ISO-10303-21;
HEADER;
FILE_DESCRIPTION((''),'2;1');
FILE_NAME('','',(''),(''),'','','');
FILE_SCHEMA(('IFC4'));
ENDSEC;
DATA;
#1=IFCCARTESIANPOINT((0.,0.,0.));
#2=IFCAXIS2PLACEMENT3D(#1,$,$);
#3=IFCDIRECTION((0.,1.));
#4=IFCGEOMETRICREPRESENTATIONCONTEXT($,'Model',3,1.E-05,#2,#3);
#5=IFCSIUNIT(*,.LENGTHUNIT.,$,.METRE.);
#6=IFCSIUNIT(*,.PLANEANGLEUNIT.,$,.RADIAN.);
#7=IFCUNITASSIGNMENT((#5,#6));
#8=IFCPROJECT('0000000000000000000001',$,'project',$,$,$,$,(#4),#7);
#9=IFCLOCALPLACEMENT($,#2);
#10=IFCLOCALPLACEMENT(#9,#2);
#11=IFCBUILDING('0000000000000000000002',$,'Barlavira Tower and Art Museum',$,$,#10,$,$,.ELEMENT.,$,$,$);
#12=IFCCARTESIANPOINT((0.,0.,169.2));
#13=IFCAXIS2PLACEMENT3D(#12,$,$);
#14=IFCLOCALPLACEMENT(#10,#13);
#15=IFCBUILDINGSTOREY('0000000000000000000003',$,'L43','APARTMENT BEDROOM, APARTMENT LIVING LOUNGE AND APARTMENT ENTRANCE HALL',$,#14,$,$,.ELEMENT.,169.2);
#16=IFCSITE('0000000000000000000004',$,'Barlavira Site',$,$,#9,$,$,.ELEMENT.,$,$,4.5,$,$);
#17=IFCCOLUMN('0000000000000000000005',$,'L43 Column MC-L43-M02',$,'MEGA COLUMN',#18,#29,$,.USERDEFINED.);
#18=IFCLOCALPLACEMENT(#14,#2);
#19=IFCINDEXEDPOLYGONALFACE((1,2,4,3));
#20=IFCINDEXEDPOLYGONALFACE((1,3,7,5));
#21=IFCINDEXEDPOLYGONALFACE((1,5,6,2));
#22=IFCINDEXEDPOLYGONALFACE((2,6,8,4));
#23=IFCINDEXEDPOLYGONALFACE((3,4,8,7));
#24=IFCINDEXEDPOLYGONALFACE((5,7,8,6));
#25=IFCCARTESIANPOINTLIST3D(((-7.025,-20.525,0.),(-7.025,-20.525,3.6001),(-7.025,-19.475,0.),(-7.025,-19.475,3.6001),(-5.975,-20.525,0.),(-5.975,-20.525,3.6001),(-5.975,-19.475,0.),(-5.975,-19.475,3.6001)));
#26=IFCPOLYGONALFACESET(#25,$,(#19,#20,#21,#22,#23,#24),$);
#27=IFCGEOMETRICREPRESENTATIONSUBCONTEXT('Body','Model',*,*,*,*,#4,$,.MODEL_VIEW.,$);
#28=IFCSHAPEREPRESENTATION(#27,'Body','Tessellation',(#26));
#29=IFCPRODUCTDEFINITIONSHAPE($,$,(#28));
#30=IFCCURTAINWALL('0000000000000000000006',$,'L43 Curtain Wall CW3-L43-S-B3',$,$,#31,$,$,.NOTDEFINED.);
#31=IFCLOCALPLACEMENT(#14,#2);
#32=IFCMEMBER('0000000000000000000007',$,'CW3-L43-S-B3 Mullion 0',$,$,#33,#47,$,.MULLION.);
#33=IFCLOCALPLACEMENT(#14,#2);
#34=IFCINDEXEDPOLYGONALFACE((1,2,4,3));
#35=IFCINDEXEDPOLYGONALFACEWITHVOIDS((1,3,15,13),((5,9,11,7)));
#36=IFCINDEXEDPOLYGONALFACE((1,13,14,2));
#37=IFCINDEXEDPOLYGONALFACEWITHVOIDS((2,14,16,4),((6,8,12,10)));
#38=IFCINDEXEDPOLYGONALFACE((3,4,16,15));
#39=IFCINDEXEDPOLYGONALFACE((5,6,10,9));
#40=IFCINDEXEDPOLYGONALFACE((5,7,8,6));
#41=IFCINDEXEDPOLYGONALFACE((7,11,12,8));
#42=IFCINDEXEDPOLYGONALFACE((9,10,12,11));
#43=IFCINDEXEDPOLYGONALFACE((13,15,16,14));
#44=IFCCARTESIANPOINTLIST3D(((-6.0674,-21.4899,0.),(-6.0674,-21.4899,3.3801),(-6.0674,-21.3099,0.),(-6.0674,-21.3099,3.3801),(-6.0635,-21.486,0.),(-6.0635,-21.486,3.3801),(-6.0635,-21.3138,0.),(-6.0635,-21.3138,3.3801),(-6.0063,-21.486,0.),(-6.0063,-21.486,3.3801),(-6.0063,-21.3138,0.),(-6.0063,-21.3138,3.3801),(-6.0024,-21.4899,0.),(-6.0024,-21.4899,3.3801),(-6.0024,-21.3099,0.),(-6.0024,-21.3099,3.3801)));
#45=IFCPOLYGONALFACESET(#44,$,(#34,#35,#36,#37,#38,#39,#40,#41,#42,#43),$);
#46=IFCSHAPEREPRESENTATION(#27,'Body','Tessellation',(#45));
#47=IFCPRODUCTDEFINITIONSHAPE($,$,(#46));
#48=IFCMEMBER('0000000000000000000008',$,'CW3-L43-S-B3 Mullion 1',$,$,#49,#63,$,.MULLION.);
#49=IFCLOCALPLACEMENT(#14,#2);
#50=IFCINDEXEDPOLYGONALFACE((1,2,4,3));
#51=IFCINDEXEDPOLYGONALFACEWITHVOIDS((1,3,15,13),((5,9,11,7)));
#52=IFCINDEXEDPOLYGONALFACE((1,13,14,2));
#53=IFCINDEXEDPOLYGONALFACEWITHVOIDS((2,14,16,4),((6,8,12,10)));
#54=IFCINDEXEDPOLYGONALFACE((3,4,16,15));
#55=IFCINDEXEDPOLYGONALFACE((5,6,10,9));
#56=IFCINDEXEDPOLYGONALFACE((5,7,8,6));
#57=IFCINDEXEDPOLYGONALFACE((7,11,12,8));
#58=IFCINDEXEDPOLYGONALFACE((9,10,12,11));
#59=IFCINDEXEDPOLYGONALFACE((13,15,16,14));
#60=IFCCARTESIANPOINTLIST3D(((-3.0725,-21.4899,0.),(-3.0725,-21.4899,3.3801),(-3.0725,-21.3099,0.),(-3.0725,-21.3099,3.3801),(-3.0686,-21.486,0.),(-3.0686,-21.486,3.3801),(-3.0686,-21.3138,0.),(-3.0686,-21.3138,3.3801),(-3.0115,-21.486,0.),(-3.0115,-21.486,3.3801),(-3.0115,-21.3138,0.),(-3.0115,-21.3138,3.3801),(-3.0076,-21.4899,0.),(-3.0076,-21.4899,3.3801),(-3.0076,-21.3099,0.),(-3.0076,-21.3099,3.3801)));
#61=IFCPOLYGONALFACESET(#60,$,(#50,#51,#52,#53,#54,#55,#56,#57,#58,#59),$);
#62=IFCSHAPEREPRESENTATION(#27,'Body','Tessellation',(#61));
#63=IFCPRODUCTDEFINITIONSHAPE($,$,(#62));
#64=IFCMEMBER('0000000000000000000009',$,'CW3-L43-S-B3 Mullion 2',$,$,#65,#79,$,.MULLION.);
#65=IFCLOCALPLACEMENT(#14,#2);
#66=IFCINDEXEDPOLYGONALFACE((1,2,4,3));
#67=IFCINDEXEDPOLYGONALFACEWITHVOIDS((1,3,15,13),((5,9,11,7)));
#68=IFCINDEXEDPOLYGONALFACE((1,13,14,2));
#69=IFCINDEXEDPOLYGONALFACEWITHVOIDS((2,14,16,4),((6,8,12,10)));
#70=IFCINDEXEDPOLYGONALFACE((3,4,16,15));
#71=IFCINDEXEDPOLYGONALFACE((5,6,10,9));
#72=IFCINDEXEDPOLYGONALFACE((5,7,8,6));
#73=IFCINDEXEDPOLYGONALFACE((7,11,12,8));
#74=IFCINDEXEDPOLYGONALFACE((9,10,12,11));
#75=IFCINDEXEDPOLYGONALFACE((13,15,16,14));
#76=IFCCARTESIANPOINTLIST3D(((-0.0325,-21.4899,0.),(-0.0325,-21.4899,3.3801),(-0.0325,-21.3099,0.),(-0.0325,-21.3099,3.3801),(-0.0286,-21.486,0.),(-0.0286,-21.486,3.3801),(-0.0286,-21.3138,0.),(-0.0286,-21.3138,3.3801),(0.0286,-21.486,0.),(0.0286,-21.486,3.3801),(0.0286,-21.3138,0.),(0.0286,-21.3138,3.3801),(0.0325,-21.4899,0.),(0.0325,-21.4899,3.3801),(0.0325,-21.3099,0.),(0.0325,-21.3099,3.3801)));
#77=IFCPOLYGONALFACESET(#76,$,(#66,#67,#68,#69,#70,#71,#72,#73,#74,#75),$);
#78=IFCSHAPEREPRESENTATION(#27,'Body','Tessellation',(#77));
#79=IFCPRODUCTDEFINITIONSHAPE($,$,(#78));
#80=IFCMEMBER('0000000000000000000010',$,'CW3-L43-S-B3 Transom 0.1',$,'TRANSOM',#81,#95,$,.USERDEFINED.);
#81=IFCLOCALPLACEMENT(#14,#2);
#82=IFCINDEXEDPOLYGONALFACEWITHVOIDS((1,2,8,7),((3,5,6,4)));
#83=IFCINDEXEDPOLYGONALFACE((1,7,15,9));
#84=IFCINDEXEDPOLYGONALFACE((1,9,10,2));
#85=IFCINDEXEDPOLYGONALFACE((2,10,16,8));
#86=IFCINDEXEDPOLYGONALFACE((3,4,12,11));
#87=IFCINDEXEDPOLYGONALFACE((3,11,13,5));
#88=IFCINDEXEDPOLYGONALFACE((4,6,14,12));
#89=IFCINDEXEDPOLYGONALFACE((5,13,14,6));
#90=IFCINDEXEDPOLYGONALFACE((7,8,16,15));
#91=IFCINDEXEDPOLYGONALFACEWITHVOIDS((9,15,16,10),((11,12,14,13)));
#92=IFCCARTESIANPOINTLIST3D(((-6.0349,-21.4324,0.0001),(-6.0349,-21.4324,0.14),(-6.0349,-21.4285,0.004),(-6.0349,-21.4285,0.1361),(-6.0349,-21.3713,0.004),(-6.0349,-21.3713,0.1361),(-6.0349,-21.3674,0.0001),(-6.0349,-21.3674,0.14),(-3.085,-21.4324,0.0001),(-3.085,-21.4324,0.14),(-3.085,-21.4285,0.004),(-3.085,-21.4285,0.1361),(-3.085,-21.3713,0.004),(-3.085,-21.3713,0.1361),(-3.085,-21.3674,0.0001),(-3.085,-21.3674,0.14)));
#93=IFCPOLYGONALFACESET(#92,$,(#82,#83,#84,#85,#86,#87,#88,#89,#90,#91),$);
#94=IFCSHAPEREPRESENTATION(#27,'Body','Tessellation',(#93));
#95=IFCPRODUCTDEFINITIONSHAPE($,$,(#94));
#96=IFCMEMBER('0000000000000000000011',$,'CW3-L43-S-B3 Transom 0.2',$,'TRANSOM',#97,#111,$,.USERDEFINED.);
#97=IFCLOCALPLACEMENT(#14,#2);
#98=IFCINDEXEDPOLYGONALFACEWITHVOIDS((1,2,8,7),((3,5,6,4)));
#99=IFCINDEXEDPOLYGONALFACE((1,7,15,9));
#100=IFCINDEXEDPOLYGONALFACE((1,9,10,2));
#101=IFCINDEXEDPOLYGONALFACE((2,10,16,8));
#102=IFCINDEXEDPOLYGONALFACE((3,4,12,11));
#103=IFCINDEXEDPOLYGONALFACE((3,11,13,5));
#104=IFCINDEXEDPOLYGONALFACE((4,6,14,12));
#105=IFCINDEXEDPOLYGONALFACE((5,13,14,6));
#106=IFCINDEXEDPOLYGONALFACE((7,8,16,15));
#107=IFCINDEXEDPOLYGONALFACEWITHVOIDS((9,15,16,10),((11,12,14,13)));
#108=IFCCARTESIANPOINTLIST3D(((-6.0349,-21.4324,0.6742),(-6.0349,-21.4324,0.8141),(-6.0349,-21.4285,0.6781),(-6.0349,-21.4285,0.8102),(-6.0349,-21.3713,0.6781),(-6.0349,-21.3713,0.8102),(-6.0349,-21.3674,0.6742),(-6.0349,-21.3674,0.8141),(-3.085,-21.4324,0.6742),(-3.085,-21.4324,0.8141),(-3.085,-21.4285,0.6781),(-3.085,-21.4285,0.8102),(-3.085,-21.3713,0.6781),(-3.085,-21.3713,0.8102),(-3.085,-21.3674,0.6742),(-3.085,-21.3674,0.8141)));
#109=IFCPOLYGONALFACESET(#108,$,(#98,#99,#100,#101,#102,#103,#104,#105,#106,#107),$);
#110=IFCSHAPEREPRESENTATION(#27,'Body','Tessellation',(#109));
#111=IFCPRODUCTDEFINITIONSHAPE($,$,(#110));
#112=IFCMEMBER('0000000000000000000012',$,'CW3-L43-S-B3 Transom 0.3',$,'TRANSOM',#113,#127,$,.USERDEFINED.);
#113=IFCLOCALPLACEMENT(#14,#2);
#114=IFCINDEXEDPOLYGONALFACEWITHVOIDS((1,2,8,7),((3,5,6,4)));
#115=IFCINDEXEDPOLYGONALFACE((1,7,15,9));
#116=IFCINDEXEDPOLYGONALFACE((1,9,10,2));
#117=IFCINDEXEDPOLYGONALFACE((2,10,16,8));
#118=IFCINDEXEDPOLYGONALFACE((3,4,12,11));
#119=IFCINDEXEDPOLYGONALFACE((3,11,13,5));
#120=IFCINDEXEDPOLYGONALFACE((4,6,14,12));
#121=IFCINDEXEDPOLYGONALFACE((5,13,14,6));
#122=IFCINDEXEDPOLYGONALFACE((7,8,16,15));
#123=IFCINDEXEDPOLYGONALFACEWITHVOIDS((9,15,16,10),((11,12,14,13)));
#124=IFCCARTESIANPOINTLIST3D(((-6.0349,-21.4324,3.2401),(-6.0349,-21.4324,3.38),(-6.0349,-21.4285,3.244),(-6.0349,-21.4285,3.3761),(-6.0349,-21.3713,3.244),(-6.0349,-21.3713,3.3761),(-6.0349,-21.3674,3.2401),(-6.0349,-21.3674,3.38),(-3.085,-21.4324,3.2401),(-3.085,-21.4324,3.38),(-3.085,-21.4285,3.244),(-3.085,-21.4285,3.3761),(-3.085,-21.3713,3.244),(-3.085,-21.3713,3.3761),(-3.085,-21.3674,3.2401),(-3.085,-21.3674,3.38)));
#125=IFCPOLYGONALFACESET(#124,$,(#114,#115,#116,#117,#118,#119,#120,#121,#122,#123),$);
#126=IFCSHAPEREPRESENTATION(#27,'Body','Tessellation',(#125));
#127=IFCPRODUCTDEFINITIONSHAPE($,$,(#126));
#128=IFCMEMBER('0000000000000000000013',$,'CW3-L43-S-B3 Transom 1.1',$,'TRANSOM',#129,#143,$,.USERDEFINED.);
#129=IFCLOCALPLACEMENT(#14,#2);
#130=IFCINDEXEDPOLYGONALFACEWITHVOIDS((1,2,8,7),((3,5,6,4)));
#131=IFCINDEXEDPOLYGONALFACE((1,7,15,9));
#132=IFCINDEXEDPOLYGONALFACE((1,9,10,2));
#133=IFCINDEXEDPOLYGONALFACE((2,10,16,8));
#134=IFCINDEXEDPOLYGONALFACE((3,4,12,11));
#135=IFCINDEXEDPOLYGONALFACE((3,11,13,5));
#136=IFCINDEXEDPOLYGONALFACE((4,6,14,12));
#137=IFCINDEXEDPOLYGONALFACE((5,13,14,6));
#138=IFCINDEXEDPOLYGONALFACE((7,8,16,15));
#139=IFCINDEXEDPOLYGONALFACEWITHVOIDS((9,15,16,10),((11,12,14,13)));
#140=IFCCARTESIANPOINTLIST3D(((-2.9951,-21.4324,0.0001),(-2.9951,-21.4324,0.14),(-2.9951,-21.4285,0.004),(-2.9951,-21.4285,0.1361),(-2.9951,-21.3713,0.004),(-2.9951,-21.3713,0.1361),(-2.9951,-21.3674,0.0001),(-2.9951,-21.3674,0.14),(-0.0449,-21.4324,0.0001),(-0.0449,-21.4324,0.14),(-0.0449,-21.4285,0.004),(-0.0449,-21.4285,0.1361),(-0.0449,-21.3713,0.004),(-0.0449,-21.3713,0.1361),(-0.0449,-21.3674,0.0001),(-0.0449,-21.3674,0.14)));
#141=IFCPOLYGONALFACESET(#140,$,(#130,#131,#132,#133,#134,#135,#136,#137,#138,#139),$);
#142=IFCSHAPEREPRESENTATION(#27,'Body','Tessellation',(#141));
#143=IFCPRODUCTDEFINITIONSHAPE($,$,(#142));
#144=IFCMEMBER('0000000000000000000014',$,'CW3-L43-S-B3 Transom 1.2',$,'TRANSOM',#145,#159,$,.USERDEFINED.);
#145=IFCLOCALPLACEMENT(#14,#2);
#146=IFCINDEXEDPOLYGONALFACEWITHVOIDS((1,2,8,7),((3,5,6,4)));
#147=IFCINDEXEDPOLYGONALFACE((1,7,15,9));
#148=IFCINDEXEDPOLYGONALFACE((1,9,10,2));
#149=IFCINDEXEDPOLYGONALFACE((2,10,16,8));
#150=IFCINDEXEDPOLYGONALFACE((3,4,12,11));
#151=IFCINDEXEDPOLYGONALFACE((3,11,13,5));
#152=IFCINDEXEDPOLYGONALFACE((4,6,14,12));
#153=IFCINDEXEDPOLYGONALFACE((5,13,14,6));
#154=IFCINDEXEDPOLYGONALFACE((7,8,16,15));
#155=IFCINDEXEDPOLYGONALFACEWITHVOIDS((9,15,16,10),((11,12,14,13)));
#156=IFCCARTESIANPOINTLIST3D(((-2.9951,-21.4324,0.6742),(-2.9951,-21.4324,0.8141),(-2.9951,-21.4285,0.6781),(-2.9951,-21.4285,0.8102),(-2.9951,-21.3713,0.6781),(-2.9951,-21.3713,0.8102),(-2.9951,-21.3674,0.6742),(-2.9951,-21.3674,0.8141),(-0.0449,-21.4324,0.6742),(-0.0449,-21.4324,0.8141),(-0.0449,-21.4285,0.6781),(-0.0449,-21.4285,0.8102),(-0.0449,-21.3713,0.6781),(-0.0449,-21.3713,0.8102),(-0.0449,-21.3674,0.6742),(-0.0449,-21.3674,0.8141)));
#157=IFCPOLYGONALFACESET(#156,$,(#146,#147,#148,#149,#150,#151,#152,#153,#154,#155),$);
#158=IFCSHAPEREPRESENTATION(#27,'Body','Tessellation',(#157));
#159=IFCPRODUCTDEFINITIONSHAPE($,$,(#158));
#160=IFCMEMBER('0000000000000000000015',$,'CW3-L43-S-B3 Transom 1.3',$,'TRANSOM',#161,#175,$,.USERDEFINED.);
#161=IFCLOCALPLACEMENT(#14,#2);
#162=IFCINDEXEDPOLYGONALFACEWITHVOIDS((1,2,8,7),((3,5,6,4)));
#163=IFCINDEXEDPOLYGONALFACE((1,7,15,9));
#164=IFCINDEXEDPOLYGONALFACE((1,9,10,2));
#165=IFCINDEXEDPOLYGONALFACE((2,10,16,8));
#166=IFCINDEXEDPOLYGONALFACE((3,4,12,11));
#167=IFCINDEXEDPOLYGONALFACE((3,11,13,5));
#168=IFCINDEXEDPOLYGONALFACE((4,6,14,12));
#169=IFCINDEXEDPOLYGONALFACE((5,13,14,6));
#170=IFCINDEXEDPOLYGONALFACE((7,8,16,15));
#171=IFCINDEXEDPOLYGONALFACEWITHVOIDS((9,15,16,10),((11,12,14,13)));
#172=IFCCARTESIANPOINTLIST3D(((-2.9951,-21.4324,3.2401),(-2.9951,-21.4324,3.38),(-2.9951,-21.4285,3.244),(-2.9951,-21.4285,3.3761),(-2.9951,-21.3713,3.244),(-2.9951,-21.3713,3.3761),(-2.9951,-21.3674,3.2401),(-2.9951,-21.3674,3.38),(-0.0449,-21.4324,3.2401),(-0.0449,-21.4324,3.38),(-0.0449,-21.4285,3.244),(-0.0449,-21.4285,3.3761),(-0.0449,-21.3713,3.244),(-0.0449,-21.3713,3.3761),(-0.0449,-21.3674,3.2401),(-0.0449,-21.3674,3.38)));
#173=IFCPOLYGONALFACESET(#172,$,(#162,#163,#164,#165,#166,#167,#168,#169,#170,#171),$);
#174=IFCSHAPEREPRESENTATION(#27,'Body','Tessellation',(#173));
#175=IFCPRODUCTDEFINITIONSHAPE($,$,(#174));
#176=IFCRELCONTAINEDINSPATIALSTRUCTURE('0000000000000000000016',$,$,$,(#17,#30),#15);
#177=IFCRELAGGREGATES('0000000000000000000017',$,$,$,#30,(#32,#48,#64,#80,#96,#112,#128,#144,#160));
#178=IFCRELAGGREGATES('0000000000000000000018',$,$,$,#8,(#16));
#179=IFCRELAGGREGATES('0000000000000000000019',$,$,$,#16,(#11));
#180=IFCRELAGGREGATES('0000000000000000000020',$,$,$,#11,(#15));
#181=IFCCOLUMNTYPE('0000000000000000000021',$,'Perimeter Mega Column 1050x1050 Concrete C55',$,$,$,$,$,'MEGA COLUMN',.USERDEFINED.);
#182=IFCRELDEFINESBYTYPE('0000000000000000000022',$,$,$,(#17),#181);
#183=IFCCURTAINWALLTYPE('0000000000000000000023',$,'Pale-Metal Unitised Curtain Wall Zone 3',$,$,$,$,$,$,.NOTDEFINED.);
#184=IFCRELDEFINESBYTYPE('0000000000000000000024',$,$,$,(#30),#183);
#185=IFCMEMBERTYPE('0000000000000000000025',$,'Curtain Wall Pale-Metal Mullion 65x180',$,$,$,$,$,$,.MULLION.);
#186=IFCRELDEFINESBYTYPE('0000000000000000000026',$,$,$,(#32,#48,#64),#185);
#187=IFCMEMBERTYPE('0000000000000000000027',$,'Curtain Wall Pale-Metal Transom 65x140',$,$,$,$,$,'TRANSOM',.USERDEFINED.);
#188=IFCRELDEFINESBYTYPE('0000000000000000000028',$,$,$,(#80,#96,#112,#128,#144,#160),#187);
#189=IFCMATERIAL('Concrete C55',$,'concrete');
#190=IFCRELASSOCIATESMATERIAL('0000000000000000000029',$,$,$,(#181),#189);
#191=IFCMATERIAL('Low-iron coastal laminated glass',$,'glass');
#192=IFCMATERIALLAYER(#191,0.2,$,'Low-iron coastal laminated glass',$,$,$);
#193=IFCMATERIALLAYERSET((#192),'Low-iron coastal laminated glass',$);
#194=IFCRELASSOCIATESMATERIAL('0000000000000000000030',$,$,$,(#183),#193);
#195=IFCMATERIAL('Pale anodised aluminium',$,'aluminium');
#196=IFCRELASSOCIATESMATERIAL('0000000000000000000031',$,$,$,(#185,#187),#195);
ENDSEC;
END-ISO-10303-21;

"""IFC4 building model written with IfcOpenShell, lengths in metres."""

from ifc_helpers import new_model, si_unit, direction, frame, origin, origin_2d, place, context, subcontext, project, spatial, rectangle, hollow_rectangle, extrude, material, layer, layer_set, material_profile, profile_set, type_object, element, aggregate, save


model = new_model("IFC4")

# Units and contexts
model_context = context("Model", 3, precision=1e-05, world=origin(), true_north=direction((0.0, 1.0)))
body_context = subcontext(model_context, "Body", "Model", "MODEL_VIEW")
ifc_project = project(units=[si_unit("LENGTHUNIT", "METRE"), si_unit("PLANEANGLEUNIT", "RADIAN")], contexts=[model_context])

# Site, building, storey
site_placement = place(None, origin())
site = spatial("IfcSite", under=ifc_project, at=site_placement, Name="Barlavira Site", CompositionType="ELEMENT", RefElevation=4.5)
building_placement = place(site_placement, origin())
building = spatial("IfcBuilding", under=site, at=building_placement, Name="Barlavira Tower and Art Museum", CompositionType="ELEMENT")
storey_placement = place(building_placement, frame((0.0, 0.0, 169.2)))
storey = spatial("IfcBuildingStorey", under=building, at=storey_placement, Name="L43", Description="APARTMENT BEDROOM, APARTMENT LIVING LOUNGE AND APARTMENT ENTRANCE HALL", CompositionType="ELEMENT", Elevation=169.2)

# Column
ifc_material_1 = material(Name="Concrete C55", Category="concrete")
ifc_material_profile_1 = material_profile(ifc_material_1, rectangle(XDim=1.05, YDim=1.05, at=origin_2d()), Name="RC-COL 1050x1050")
ifc_profile_set_1 = profile_set([ifc_material_profile_1], Name="Concrete C55")
column_type = type_object("IfcColumnType", Name="Perimeter Mega Column 1050x1050 Concrete C55", ElementType="MEGA COLUMN", PredefinedType="USERDEFINED", material=ifc_profile_set_1)
column_placement = place(storey_placement, frame((-6.5, -20.0, 0.0), z_axis=(0.0, 0.0, 1.0), x_axis=(1.0, 0.0, 0.0)))
element("IfcColumn", 1, at=column_placement, inside=storey, type_object=column_type, Name="L43 Column MC-L43-M02", ObjectType="MEGA COLUMN", PredefinedType="USERDEFINED", context=body_context, shape_type="SweptSolid", body=[
    extrude(rectangle(XDim=1.05, YDim=1.05, at=origin_2d()), origin(), (0.0, 0.0, 1.0), 3.6001),
])

# Curtain wall, members
ifc_material_2 = material(Name="Low-iron coastal laminated glass", Category="glass")
ifc_layer_1 = layer(ifc_material_2, 0.2, Name="Low-iron coastal laminated glass")
ifc_layer_set_1 = layer_set([ifc_layer_1], Name="Low-iron coastal laminated glass")
curtain_wall_type = type_object("IfcCurtainWallType", Name="Pale-Metal Unitised Curtain Wall Zone 3", PredefinedType="NOTDEFINED", material=ifc_layer_set_1)
curtain_wall_placement = place(storey_placement, origin())
curtain_wall = element("IfcCurtainWall", 2, at=curtain_wall_placement, inside=storey, type_object=curtain_wall_type, Name="L43 Curtain Wall CW3-L43-S-B3", PredefinedType="NOTDEFINED")
ifc_material_3 = material(Name="Pale anodised aluminium", Category="aluminium")
ifc_material_profile_2 = material_profile(ifc_material_3, hollow_rectangle(XDim=0.0649, YDim=0.1799, WallThickness=0.0039, at=origin_2d()), Name="ALU-MULL 65x180x4")
ifc_profile_set_2 = profile_set([ifc_material_profile_2], Name="Pale anodised aluminium")
member_type_1 = type_object("IfcMemberType", Name="Curtain Wall Pale-Metal Mullion 65x180", PredefinedType="MULLION", material=ifc_profile_set_2)
member_1_placement = place(storey_placement, frame((-6.0349, -21.3999, 0.0), z_axis=(0.0, 0.0, 1.0), x_axis=(1.0, 0.0, 0.0)))
member_1 = element("IfcMember", 3, at=member_1_placement, type_object=member_type_1, Name="CW3-L43-S-B3 Mullion 0", PredefinedType="MULLION", context=body_context, shape_type="SweptSolid", body=[
    extrude(hollow_rectangle(XDim=0.0649, YDim=0.1799, WallThickness=0.0039, at=origin_2d()), origin(), (0.0, 0.0, 1.0), 3.3801),
])
member_2_placement = place(storey_placement, frame((-3.04, -21.3999, 0.0), z_axis=(0.0, 0.0, 1.0), x_axis=(1.0, 0.0, 0.0)))
member_2 = element("IfcMember", 4, at=member_2_placement, type_object=member_type_1, Name="CW3-L43-S-B3 Mullion 1", PredefinedType="MULLION", context=body_context, shape_type="SweptSolid", body=[
    extrude(hollow_rectangle(XDim=0.0649, YDim=0.1799, WallThickness=0.0039, at=origin_2d()), origin(), (0.0, 0.0, 1.0), 3.3801),
])
member_3_placement = place(storey_placement, frame((0.0, -21.3999, 0.0), z_axis=(0.0, 0.0, 1.0), x_axis=(1.0, 0.0, 0.0)))
member_3 = element("IfcMember", 5, at=member_3_placement, type_object=member_type_1, Name="CW3-L43-S-B3 Mullion 2", PredefinedType="MULLION", context=body_context, shape_type="SweptSolid", body=[
    extrude(hollow_rectangle(XDim=0.0649, YDim=0.1799, WallThickness=0.0039, at=origin_2d()), origin(), (0.0, 0.0, 1.0), 3.3801),
])
ifc_material_profile_3 = material_profile(ifc_material_3, hollow_rectangle(XDim=0.0649, YDim=0.1399, WallThickness=0.0039, at=origin_2d()), Name="ALU-TRAN 65x140x4")
ifc_profile_set_3 = profile_set([ifc_material_profile_3], Name="Pale anodised aluminium")
member_type_2 = type_object("IfcMemberType", Name="Curtain Wall Pale-Metal Transom 65x140", ElementType="TRANSOM", PredefinedType="USERDEFINED", material=ifc_profile_set_3)
member_4_placement = place(storey_placement, frame((-6.0349, -21.3999, 0.0701), z_axis=(1.0, 0.0, 0.0), x_axis=(0.0, 1.0, 0.0)))
member_4 = element("IfcMember", 6, at=member_4_placement, type_object=member_type_2, Name="CW3-L43-S-B3 Transom 0.1", ObjectType="TRANSOM", PredefinedType="USERDEFINED", context=body_context, shape_type="SweptSolid", body=[
    extrude(hollow_rectangle(XDim=0.0649, YDim=0.1399, WallThickness=0.0039, at=origin_2d()), origin(), (0.0, 0.0, 1.0), 2.95),
])
member_5_placement = place(storey_placement, frame((-6.0349, -21.3999, 0.7441), z_axis=(1.0, 0.0, 0.0), x_axis=(0.0, 1.0, 0.0)))
member_5 = element("IfcMember", 7, at=member_5_placement, type_object=member_type_2, Name="CW3-L43-S-B3 Transom 0.2", ObjectType="TRANSOM", PredefinedType="USERDEFINED", context=body_context, shape_type="SweptSolid", body=[
    extrude(hollow_rectangle(XDim=0.0649, YDim=0.1399, WallThickness=0.0039, at=origin_2d()), origin(), (0.0, 0.0, 1.0), 2.95),
])
member_6_placement = place(storey_placement, frame((-6.0349, -21.3999, 3.3101), z_axis=(1.0, 0.0, 0.0), x_axis=(0.0, 1.0, 0.0)))
member_6 = element("IfcMember", 8, at=member_6_placement, type_object=member_type_2, Name="CW3-L43-S-B3 Transom 0.3", ObjectType="TRANSOM", PredefinedType="USERDEFINED", context=body_context, shape_type="SweptSolid", body=[
    extrude(hollow_rectangle(XDim=0.0649, YDim=0.1399, WallThickness=0.0039, at=origin_2d()), origin(), (0.0, 0.0, 1.0), 2.95),
])
member_7_placement = place(storey_placement, frame((-2.9951, -21.3999, 0.0701), z_axis=(1.0, 0.0, 0.0), x_axis=(0.0, 1.0, 0.0)))
member_7 = element("IfcMember", 9, at=member_7_placement, type_object=member_type_2, Name="CW3-L43-S-B3 Transom 1.1", ObjectType="TRANSOM", PredefinedType="USERDEFINED", context=body_context, shape_type="SweptSolid", body=[
    extrude(hollow_rectangle(XDim=0.0649, YDim=0.1399, WallThickness=0.0039, at=origin_2d()), origin(), (0.0, 0.0, 1.0), 2.9502),
])
member_8_placement = place(storey_placement, frame((-2.9951, -21.3999, 0.7441), z_axis=(1.0, 0.0, 0.0), x_axis=(0.0, 1.0, 0.0)))
member_8 = element("IfcMember", 10, at=member_8_placement, type_object=member_type_2, Name="CW3-L43-S-B3 Transom 1.2", ObjectType="TRANSOM", PredefinedType="USERDEFINED", context=body_context, shape_type="SweptSolid", body=[
    extrude(hollow_rectangle(XDim=0.0649, YDim=0.1399, WallThickness=0.0039, at=origin_2d()), origin(), (0.0, 0.0, 1.0), 2.9502),
])
member_9_placement = place(storey_placement, frame((-2.9951, -21.3999, 3.3101), z_axis=(1.0, 0.0, 0.0), x_axis=(0.0, 1.0, 0.0)))
member_9 = element("IfcMember", 11, at=member_9_placement, type_object=member_type_2, Name="CW3-L43-S-B3 Transom 1.3", ObjectType="TRANSOM", PredefinedType="USERDEFINED", context=body_context, shape_type="SweptSolid", body=[
    extrude(hollow_rectangle(XDim=0.0649, YDim=0.1399, WallThickness=0.0039, at=origin_2d()), origin(), (0.0, 0.0, 1.0), 2.9502),
])

aggregate(curtain_wall, [member_1, member_2, member_3, member_4, member_5, member_6, member_7, member_8, member_9])

save(model, "model.ifc")
